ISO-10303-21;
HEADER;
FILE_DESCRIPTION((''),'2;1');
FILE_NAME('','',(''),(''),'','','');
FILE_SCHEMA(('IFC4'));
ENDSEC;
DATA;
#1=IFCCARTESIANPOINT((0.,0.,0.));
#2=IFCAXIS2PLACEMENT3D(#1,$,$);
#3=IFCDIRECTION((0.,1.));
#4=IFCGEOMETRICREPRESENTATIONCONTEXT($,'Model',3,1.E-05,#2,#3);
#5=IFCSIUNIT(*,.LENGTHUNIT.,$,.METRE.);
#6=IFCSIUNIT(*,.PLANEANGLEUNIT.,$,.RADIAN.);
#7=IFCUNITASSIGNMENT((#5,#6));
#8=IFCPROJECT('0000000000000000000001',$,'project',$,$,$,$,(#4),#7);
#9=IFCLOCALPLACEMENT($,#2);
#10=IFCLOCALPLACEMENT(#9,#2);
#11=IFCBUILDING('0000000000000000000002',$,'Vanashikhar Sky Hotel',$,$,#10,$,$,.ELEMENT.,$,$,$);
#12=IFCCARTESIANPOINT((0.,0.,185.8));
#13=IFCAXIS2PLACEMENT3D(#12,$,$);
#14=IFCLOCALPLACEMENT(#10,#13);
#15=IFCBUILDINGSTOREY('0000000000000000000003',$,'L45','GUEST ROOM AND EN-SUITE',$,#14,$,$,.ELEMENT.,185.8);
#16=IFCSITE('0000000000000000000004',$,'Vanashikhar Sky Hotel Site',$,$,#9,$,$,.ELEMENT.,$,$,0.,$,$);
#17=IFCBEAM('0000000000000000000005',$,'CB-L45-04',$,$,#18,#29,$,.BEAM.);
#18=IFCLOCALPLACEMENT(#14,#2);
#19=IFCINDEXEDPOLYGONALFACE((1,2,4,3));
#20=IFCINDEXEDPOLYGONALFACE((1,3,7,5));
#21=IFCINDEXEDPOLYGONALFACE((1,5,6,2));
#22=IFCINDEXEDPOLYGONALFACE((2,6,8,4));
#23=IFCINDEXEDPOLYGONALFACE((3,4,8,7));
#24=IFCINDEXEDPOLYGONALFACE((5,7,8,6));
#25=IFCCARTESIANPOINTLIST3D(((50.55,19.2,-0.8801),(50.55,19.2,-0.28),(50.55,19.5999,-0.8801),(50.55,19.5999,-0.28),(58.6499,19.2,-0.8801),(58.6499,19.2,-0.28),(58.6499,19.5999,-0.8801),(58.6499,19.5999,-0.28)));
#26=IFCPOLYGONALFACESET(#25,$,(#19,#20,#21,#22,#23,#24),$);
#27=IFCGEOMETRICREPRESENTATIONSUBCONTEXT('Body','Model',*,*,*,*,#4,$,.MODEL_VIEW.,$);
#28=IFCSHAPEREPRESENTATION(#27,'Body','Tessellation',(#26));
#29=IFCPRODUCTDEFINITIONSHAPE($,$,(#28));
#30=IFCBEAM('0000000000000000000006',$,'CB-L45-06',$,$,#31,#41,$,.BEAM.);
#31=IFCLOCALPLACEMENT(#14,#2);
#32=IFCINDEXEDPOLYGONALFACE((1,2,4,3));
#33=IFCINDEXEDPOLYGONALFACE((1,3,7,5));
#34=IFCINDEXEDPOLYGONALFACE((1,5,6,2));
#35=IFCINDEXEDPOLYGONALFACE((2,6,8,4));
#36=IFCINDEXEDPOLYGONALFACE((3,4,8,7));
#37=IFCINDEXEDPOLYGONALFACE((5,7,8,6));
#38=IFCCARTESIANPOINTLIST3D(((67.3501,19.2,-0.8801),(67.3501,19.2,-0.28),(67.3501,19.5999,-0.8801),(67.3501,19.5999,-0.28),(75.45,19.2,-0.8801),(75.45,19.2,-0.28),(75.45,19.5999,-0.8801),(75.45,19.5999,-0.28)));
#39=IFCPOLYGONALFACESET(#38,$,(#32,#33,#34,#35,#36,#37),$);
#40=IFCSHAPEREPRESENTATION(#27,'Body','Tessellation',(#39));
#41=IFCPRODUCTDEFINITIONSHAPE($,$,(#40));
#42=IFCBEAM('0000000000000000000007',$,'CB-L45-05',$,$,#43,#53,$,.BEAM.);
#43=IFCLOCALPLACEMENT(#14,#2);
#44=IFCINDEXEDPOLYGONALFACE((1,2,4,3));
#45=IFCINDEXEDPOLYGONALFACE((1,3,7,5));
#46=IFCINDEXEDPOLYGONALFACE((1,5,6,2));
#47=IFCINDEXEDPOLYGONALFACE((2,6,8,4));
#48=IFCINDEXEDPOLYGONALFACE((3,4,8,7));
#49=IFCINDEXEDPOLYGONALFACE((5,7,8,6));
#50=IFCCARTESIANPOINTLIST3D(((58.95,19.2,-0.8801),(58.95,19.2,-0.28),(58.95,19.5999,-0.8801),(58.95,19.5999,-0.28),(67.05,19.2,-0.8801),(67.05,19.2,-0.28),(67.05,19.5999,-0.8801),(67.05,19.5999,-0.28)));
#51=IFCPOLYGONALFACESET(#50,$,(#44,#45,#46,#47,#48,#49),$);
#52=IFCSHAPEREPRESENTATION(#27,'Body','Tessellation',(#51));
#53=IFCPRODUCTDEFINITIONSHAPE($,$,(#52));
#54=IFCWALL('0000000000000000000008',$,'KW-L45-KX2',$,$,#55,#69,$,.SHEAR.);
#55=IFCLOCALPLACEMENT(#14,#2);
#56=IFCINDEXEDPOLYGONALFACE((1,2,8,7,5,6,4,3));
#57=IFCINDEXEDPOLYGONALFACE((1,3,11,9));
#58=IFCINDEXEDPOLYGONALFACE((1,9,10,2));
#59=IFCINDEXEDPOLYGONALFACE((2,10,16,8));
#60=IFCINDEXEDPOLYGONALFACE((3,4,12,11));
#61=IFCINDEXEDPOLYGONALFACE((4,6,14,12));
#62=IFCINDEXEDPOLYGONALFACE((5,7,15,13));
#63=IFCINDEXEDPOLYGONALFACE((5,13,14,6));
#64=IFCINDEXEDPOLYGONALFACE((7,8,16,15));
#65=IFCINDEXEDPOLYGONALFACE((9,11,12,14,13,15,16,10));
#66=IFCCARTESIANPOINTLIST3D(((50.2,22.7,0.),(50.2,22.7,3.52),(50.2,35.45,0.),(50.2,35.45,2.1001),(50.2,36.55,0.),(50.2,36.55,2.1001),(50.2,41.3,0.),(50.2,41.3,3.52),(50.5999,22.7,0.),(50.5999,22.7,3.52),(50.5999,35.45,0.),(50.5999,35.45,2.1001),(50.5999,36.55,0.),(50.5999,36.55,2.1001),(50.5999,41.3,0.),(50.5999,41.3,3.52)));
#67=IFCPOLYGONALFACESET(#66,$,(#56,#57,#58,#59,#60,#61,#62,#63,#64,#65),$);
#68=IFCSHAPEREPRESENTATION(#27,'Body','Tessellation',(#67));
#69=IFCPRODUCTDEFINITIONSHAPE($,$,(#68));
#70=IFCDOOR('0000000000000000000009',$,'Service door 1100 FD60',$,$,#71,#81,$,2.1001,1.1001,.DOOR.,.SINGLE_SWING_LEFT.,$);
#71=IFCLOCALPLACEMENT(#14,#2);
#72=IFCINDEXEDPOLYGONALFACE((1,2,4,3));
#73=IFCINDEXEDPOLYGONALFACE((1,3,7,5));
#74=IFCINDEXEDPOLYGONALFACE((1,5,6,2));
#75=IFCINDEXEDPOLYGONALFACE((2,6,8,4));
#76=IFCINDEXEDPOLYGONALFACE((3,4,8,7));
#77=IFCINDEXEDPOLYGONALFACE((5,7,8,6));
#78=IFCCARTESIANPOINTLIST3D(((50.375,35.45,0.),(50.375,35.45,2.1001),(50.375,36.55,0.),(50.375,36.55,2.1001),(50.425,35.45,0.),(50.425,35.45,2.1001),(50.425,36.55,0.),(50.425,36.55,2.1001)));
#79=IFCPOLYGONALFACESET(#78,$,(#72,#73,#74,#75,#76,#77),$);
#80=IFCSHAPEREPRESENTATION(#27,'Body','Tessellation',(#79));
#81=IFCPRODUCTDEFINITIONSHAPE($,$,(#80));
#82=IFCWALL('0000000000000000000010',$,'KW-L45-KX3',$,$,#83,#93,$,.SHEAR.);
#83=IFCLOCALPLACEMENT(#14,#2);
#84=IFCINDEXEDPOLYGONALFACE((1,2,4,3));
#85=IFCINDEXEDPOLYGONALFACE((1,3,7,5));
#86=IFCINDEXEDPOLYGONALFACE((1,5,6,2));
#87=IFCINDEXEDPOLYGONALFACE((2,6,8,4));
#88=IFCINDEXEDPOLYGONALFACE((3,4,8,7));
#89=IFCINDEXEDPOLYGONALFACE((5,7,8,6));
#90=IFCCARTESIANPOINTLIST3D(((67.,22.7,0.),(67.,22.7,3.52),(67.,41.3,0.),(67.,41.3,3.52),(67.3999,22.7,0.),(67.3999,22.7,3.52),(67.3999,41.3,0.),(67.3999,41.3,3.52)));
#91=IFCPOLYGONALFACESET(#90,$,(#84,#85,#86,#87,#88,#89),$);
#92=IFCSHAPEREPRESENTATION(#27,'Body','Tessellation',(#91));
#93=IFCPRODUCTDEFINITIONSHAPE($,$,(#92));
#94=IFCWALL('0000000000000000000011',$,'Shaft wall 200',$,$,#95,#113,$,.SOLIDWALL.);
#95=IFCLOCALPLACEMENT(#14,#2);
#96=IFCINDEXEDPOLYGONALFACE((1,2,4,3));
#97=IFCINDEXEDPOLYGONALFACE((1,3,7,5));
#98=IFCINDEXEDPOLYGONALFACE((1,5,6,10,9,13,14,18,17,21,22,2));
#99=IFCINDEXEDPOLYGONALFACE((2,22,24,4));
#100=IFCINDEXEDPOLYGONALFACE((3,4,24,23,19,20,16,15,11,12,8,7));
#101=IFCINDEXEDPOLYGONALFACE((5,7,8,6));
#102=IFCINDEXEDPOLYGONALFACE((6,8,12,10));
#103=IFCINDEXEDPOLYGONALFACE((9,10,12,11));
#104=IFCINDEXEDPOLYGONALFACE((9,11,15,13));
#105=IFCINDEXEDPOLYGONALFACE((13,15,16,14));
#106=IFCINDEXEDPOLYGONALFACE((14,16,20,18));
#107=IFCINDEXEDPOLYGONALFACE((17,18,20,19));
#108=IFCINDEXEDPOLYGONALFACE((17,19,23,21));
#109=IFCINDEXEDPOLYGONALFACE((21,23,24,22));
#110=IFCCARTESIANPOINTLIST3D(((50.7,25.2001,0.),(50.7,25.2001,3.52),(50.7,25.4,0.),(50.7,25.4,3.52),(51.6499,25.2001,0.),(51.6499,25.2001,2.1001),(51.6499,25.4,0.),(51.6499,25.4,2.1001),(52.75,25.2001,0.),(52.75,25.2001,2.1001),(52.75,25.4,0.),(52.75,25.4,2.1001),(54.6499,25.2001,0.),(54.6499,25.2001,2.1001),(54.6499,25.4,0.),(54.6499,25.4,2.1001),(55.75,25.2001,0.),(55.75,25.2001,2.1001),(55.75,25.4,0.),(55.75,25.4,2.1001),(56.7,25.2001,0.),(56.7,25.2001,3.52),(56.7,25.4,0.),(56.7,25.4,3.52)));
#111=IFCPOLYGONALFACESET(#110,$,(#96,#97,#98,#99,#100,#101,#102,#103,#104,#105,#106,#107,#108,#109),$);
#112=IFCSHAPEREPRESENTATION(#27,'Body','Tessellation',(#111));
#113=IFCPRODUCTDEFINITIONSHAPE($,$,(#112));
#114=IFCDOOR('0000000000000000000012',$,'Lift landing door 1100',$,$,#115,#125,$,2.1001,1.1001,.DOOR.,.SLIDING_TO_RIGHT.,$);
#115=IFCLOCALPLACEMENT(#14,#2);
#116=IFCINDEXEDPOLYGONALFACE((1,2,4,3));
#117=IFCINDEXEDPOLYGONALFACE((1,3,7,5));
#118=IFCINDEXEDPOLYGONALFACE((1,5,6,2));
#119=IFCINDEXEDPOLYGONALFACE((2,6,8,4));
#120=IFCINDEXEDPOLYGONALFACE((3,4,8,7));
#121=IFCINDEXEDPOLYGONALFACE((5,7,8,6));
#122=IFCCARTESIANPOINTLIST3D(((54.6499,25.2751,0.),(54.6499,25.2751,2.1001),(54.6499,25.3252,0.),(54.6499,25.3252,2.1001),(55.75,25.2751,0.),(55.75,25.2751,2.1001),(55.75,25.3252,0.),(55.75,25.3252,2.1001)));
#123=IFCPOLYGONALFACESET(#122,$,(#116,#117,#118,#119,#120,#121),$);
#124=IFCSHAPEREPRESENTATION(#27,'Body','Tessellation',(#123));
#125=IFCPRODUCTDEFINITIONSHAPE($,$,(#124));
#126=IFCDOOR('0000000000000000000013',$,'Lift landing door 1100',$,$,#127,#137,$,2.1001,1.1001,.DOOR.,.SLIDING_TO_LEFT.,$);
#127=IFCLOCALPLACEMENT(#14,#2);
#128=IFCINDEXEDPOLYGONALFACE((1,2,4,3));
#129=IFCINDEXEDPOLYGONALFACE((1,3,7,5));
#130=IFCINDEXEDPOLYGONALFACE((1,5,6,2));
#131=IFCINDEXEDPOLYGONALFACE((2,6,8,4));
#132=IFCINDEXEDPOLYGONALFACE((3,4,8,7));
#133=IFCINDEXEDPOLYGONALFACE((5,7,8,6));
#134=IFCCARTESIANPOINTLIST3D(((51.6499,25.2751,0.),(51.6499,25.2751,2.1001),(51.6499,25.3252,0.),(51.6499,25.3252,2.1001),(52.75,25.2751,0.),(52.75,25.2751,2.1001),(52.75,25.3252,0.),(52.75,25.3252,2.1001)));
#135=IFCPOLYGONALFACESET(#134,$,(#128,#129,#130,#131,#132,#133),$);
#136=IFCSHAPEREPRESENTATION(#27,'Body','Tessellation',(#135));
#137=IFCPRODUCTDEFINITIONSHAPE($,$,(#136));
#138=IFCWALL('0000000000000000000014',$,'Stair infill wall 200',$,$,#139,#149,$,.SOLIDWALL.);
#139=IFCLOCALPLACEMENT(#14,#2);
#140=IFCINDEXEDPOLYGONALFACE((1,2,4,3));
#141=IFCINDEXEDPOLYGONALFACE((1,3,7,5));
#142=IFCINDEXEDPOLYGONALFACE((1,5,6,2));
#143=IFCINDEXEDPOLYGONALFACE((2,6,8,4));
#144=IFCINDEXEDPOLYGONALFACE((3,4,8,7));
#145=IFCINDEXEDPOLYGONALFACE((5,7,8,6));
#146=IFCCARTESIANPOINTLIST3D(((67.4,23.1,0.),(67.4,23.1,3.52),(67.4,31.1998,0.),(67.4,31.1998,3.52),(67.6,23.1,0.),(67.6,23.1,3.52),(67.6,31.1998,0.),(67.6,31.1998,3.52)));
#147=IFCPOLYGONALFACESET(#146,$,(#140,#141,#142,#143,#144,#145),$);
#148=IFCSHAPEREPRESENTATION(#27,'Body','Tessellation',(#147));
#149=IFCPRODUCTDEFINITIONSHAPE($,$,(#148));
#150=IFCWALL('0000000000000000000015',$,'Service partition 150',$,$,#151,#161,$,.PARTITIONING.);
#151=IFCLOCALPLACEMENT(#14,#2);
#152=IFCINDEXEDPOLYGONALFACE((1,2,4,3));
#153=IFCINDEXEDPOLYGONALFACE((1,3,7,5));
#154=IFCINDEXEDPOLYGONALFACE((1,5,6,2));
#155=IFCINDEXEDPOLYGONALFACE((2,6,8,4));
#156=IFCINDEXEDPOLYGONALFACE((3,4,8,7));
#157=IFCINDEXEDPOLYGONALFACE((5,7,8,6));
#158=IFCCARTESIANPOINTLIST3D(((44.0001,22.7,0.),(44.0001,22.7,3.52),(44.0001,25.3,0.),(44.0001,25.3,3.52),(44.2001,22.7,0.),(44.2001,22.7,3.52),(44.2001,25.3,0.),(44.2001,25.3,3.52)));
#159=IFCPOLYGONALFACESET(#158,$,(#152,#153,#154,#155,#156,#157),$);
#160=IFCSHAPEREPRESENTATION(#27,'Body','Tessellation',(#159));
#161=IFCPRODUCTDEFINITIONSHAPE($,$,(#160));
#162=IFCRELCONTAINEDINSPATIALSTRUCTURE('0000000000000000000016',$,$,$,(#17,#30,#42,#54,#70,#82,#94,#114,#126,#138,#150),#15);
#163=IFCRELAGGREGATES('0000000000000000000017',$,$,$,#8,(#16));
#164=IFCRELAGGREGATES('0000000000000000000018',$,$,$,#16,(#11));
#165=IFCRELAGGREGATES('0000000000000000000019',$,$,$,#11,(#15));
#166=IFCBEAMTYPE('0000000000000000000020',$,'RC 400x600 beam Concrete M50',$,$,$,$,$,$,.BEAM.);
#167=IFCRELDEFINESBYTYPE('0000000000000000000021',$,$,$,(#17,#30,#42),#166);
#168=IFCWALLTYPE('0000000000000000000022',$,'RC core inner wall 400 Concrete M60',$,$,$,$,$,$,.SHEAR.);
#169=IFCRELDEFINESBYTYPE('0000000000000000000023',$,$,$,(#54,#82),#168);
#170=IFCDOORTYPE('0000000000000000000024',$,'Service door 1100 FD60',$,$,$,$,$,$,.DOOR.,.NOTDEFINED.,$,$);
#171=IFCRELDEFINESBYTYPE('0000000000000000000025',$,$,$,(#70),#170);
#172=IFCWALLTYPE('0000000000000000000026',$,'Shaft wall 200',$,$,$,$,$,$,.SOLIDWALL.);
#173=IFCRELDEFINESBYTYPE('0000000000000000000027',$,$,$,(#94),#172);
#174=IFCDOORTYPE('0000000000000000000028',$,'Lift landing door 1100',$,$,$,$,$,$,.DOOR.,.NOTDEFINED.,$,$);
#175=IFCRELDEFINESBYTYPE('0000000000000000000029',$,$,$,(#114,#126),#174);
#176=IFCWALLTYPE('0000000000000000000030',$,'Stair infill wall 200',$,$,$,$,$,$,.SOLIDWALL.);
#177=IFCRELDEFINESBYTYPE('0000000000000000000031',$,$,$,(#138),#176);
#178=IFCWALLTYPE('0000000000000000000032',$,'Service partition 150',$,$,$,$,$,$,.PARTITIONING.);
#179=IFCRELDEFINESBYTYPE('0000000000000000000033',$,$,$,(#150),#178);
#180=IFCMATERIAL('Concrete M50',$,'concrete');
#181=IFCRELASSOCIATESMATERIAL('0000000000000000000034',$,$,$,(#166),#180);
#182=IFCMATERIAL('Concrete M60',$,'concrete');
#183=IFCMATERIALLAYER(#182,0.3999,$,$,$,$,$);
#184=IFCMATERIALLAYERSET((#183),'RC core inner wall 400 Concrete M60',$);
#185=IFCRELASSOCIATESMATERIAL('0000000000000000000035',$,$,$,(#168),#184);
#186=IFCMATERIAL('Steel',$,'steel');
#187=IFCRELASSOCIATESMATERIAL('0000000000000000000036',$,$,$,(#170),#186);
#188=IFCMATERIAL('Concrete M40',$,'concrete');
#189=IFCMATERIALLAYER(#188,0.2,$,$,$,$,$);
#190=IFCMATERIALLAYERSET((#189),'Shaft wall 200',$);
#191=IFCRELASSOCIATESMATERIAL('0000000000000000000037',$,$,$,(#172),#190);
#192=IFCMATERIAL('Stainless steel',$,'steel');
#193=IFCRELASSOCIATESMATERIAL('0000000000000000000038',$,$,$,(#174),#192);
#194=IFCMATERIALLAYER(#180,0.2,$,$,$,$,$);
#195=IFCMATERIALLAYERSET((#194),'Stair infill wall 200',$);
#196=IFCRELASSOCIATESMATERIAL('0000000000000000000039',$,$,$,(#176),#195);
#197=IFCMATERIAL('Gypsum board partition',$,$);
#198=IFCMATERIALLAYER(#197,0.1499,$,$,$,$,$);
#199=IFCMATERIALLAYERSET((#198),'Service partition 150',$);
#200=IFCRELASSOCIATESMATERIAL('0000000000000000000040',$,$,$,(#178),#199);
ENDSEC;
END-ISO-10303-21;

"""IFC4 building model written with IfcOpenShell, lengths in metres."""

from ifc_helpers import new_model, si_unit, direction, frame, frame_2d, origin, origin_2d, place, context, subcontext, project, spatial, rectangle, extrude, source, transform, mapped, material, layer, layer_set, material_profile, profile_set, type_object, element, fill, save


model = new_model("IFC4")

# Units and contexts
model_context = context("Model", 3, precision=1e-05, world=origin(), true_north=direction((0.0, 1.0)))
body_context = subcontext(model_context, "Body", "Model", "MODEL_VIEW")
ifc_project = project(units=[si_unit("LENGTHUNIT", "METRE"), si_unit("PLANEANGLEUNIT", "RADIAN")], contexts=[model_context])

# Site, building, storey
site_placement = place(None, origin())
site = spatial("IfcSite", under=ifc_project, at=site_placement, Name="Vanashikhar Sky Hotel Site", CompositionType="ELEMENT", RefElevation=0.0)
building_placement = place(site_placement, origin())
building = spatial("IfcBuilding", under=site, at=building_placement, Name="Vanashikhar Sky Hotel", CompositionType="ELEMENT")
storey_placement = place(building_placement, frame((0.0, 0.0, 185.8)))
storey = spatial("IfcBuildingStorey", under=building, at=storey_placement, Name="L45", Description="GUEST ROOM AND EN-SUITE", CompositionType="ELEMENT", Elevation=185.8)

# Beams
ifc_material_1 = material(Name="Concrete M50", Category="concrete")
ifc_material_profile = material_profile(ifc_material_1, rectangle(XDim=0.3999, YDim=0.6001, at=origin_2d()))
ifc_profile_set = profile_set([ifc_material_profile], Name="RC 400x600 beam Concrete M50")
beam_type = type_object("IfcBeamType", Name="RC 400x600 beam Concrete M50", PredefinedType="BEAM", material=ifc_profile_set)
shared_shape_1 = source(origin(), body_context, "Body", "SweptSolid", [
    extrude(rectangle(XDim=0.3999, YDim=0.6001, at=origin_2d()), origin(), (0.0, 0.0, 1.0), 8.0999),
])
for number, where, z_axis, x_axis, name in (
    (1, (50.55, 19.3999, -0.5801), (1.0, 0.0, 0.0), (0.0, 1.0, 0.0), "CB-L45-04"),
    (2, (67.3501, 19.3999, -0.5801), (1.0, 0.0, 0.0), (0.0, 1.0, 0.0), "CB-L45-06"),
):
    element("IfcBeam", number, at=place(storey_placement, frame(where, z_axis=z_axis, x_axis=x_axis)), inside=storey, type_object=beam_type, Name=name, PredefinedType="BEAM", context=body_context, shape_type="MappedRepresentation", body=[
        mapped(shared_shape_1, transform((0.0, 0.0, 0.0), scale=1.0)),
    ])
shared_shape_2 = source(origin(), body_context, "Body", "SweptSolid", [
    extrude(rectangle(XDim=0.3999, YDim=0.6001, at=origin_2d()), origin(), (0.0, 0.0, 1.0), 8.1001),
])
beam_placement = place(storey_placement, frame((58.95, 19.3999, -0.5801), z_axis=(1.0, 0.0, 0.0), x_axis=(0.0, 1.0, 0.0)))
element("IfcBeam", 3, at=beam_placement, inside=storey, type_object=beam_type, Name="CB-L45-05", PredefinedType="BEAM", context=body_context, shape_type="MappedRepresentation", body=[
    mapped(shared_shape_2, transform((0.0, 0.0, 0.0), scale=1.0)),
])

# Wall, opening, door
ifc_material_2 = material(Name="Concrete M60", Category="concrete")
ifc_layer_1 = layer(ifc_material_2, 0.3999)
ifc_layer_set_1 = layer_set([ifc_layer_1], Name="RC core inner wall 400 Concrete M60")
wall_type_1 = type_object("IfcWallType", Name="RC core inner wall 400 Concrete M60", PredefinedType="SHEAR", material=ifc_layer_set_1)
shared_shape_3 = source(origin(), body_context, "Body", "SweptSolid", [
    extrude(rectangle(XDim=18.6001, YDim=0.3999, at=frame_2d((9.3, 0.0))), origin(), (0.0, 0.0, 1.0), 3.52),
])
wall_1_placement = place(storey_placement, frame((50.3999, 22.7, 0.0), z_axis=(0.0, 0.0, 1.0), x_axis=(0.0, 1.0, 0.0)))
wall_1 = element("IfcWall", 4, at=wall_1_placement, inside=storey, type_object=wall_type_1, Name="KW-L45-KX2", PredefinedType="SHEAR", context=body_context, shape_type="MappedRepresentation", body=[
    mapped(shared_shape_3, transform((0.0, 0.0, 0.0), scale=1.0)),
])
shared_shape_4 = source(origin(), body_context, "Body", "SweptSolid", [
    extrude(rectangle(XDim=1.1001, YDim=2.1001, at=frame_2d((0.55, 1.05))), frame((0.0, 0.21, 0.0), z_axis=(0.0, -1.0, 0.0), x_axis=(1.0, 0.0, 0.0)), (0.0, 0.0, 1.0), 0.4199),
])
opening_1_placement = place(wall_1_placement, frame((12.75, 0.0, 0.0)))
opening_1 = element("IfcOpeningElement", 5, at=opening_1_placement, cuts=wall_1, PredefinedType="OPENING", context=body_context, shape_type="MappedRepresentation", body=[
    mapped(shared_shape_4, transform((0.0, 0.0, 0.0), scale=1.0)),
])
ifc_material_3 = material(Name="Steel", Category="steel")
door_type_1 = type_object("IfcDoorType", Name="Service door 1100 FD60", OperationType="NOTDEFINED", PredefinedType="DOOR", material=ifc_material_3)
shared_shape_5 = source(origin(), body_context, "Body", "SweptSolid", [
    extrude(rectangle(XDim=1.1001, YDim=2.1001, at=frame_2d((0.55, 1.05))), frame((0.0, 0.0249, 0.0), z_axis=(0.0, -1.0, 0.0), x_axis=(1.0, 0.0, 0.0)), (0.0, 0.0, 1.0), 0.05),
])
door_1_placement = place(opening_1_placement, origin())
door_1 = element("IfcDoor", 6, at=door_1_placement, inside=storey, type_object=door_type_1, Name="Service door 1100 FD60", OperationType="SINGLE_SWING_LEFT", OverallHeight=2.1001, OverallWidth=1.1001, PredefinedType="DOOR", context=body_context, shape_type="MappedRepresentation", body=[
    mapped(shared_shape_5, transform((0.0, 0.0, 0.0), scale=1.0)),
])
fill(opening_1, door_1)

# Wall
wall_2_placement = place(storey_placement, frame((67.2, 22.7, 0.0), z_axis=(0.0, 0.0, 1.0), x_axis=(0.0, 1.0, 0.0)))
element("IfcWall", 7, at=wall_2_placement, inside=storey, type_object=wall_type_1, Name="KW-L45-KX3", PredefinedType="SHEAR", context=body_context, shape_type="MappedRepresentation", body=[
    mapped(shared_shape_3, transform((0.0, 0.0, 0.0), scale=1.0)),
])

# Wall, openings, doors
ifc_material_4 = material(Name="Concrete M40", Category="concrete")
ifc_layer_2 = layer(ifc_material_4, 0.2)
ifc_layer_set_2 = layer_set([ifc_layer_2], Name="Shaft wall 200")
wall_type_2 = type_object("IfcWallType", Name="Shaft wall 200", PredefinedType="SOLIDWALL", material=ifc_layer_set_2)
shared_shape_6 = source(origin(), body_context, "Body", "SweptSolid", [
    extrude(rectangle(XDim=6.0, YDim=0.2, at=frame_2d((3.0, 0.0))), origin(), (0.0, 0.0, 1.0), 3.52),
])
wall_3_placement = place(storey_placement, frame((56.7, 25.3, 0.0), z_axis=(0.0, 0.0, 1.0), x_axis=(-1.0, 0.0, 0.0)))
wall_3 = element("IfcWall", 8, at=wall_3_placement, inside=storey, type_object=wall_type_2, Name="Shaft wall 200", PredefinedType="SOLIDWALL", context=body_context, shape_type="MappedRepresentation", body=[
    mapped(shared_shape_6, transform((0.0, 0.0, 0.0), scale=1.0)),
])
shared_shape_7 = source(origin(), body_context, "Body", "SweptSolid", [
    extrude(rectangle(XDim=1.1001, YDim=2.1001, at=frame_2d((0.55, 1.05))), frame((0.0, 0.1099, 0.0), z_axis=(0.0, -1.0, 0.0), x_axis=(1.0, 0.0, 0.0)), (0.0, 0.0, 1.0), 0.22),
])
opening_2_placement = place(wall_3_placement, frame((0.95, 0.0, 0.0)))
opening_2 = element("IfcOpeningElement", 9, at=opening_2_placement, cuts=wall_3, PredefinedType="OPENING", context=body_context, shape_type="MappedRepresentation", body=[
    mapped(shared_shape_7, transform((0.0, 0.0, 0.0), scale=1.0)),
])
opening_3_placement = place(wall_3_placement, frame((3.95, 0.0, 0.0)))
opening_3 = element("IfcOpeningElement", 10, at=opening_3_placement, cuts=wall_3, PredefinedType="OPENING", context=body_context, shape_type="MappedRepresentation", body=[
    mapped(shared_shape_7, transform((0.0, 0.0, 0.0), scale=1.0)),
])
ifc_material_5 = material(Name="Stainless steel", Category="steel")
door_type_2 = type_object("IfcDoorType", Name="Lift landing door 1100", OperationType="NOTDEFINED", PredefinedType="DOOR", material=ifc_material_5)
door_2_placement = place(opening_2_placement, origin())
door_2 = element("IfcDoor", 11, at=door_2_placement, inside=storey, type_object=door_type_2, Name="Lift landing door 1100", OperationType="SLIDING_TO_RIGHT", OverallHeight=2.1001, OverallWidth=1.1001, PredefinedType="DOOR", context=body_context, shape_type="MappedRepresentation", body=[
    mapped(shared_shape_5, transform((0.0, 0.0, 0.0), scale=1.0)),
])
fill(opening_2, door_2)
door_3_placement = place(opening_3_placement, origin())
door_3 = element("IfcDoor", 12, at=door_3_placement, inside=storey, type_object=door_type_2, Name="Lift landing door 1100", OperationType="SLIDING_TO_LEFT", OverallHeight=2.1001, OverallWidth=1.1001, PredefinedType="DOOR", context=body_context, shape_type="MappedRepresentation", body=[
    mapped(shared_shape_5, transform((0.0, 0.0, 0.0), scale=1.0)),
])
fill(opening_3, door_3)

# Walls
ifc_layer_3 = layer(ifc_material_1, 0.2)
ifc_layer_set_3 = layer_set([ifc_layer_3], Name="Stair infill wall 200")
wall_type_3 = type_object("IfcWallType", Name="Stair infill wall 200", PredefinedType="SOLIDWALL", material=ifc_layer_set_3)
shared_shape_8 = source(origin(), body_context, "Body", "SweptSolid", [
    extrude(rectangle(XDim=8.0999, YDim=0.2, at=frame_2d((4.0498, 0.0))), origin(), (0.0, 0.0, 1.0), 3.52),
])
wall_4_placement = place(storey_placement, frame((67.5, 23.1001, 0.0), z_axis=(0.0, 0.0, 1.0), x_axis=(0.0, 1.0, 0.0)))
element("IfcWall", 13, at=wall_4_placement, inside=storey, type_object=wall_type_3, Name="Stair infill wall 200", PredefinedType="SOLIDWALL", context=body_context, shape_type="MappedRepresentation", body=[
    mapped(shared_shape_8, transform((0.0, 0.0, 0.0), scale=1.0)),
])
ifc_material_6 = material(Name="Gypsum board partition")
ifc_layer_4 = layer(ifc_material_6, 0.1499)
ifc_layer_set_4 = layer_set([ifc_layer_4], Name="Service partition 150")
wall_type_4 = type_object("IfcWallType", Name="Service partition 150", PredefinedType="PARTITIONING", material=ifc_layer_set_4)
shared_shape_9 = source(origin(), body_context, "Body", "SweptSolid", [
    extrude(rectangle(XDim=2.6001, YDim=0.2, at=frame_2d((1.3, 0.0))), origin(), (0.0, 0.0, 1.0), 3.52),
])
wall_5_placement = place(storey_placement, frame((44.1001, 22.7, 0.0), z_axis=(0.0, 0.0, 1.0), x_axis=(0.0, 1.0, 0.0)))
element("IfcWall", 14, at=wall_5_placement, inside=storey, type_object=wall_type_4, Name="Service partition 150", PredefinedType="PARTITIONING", context=body_context, shape_type="MappedRepresentation", body=[
    mapped(shared_shape_9, transform((0.0, 0.0, 0.0), scale=1.0)),
])

save(model, "model.ifc")
